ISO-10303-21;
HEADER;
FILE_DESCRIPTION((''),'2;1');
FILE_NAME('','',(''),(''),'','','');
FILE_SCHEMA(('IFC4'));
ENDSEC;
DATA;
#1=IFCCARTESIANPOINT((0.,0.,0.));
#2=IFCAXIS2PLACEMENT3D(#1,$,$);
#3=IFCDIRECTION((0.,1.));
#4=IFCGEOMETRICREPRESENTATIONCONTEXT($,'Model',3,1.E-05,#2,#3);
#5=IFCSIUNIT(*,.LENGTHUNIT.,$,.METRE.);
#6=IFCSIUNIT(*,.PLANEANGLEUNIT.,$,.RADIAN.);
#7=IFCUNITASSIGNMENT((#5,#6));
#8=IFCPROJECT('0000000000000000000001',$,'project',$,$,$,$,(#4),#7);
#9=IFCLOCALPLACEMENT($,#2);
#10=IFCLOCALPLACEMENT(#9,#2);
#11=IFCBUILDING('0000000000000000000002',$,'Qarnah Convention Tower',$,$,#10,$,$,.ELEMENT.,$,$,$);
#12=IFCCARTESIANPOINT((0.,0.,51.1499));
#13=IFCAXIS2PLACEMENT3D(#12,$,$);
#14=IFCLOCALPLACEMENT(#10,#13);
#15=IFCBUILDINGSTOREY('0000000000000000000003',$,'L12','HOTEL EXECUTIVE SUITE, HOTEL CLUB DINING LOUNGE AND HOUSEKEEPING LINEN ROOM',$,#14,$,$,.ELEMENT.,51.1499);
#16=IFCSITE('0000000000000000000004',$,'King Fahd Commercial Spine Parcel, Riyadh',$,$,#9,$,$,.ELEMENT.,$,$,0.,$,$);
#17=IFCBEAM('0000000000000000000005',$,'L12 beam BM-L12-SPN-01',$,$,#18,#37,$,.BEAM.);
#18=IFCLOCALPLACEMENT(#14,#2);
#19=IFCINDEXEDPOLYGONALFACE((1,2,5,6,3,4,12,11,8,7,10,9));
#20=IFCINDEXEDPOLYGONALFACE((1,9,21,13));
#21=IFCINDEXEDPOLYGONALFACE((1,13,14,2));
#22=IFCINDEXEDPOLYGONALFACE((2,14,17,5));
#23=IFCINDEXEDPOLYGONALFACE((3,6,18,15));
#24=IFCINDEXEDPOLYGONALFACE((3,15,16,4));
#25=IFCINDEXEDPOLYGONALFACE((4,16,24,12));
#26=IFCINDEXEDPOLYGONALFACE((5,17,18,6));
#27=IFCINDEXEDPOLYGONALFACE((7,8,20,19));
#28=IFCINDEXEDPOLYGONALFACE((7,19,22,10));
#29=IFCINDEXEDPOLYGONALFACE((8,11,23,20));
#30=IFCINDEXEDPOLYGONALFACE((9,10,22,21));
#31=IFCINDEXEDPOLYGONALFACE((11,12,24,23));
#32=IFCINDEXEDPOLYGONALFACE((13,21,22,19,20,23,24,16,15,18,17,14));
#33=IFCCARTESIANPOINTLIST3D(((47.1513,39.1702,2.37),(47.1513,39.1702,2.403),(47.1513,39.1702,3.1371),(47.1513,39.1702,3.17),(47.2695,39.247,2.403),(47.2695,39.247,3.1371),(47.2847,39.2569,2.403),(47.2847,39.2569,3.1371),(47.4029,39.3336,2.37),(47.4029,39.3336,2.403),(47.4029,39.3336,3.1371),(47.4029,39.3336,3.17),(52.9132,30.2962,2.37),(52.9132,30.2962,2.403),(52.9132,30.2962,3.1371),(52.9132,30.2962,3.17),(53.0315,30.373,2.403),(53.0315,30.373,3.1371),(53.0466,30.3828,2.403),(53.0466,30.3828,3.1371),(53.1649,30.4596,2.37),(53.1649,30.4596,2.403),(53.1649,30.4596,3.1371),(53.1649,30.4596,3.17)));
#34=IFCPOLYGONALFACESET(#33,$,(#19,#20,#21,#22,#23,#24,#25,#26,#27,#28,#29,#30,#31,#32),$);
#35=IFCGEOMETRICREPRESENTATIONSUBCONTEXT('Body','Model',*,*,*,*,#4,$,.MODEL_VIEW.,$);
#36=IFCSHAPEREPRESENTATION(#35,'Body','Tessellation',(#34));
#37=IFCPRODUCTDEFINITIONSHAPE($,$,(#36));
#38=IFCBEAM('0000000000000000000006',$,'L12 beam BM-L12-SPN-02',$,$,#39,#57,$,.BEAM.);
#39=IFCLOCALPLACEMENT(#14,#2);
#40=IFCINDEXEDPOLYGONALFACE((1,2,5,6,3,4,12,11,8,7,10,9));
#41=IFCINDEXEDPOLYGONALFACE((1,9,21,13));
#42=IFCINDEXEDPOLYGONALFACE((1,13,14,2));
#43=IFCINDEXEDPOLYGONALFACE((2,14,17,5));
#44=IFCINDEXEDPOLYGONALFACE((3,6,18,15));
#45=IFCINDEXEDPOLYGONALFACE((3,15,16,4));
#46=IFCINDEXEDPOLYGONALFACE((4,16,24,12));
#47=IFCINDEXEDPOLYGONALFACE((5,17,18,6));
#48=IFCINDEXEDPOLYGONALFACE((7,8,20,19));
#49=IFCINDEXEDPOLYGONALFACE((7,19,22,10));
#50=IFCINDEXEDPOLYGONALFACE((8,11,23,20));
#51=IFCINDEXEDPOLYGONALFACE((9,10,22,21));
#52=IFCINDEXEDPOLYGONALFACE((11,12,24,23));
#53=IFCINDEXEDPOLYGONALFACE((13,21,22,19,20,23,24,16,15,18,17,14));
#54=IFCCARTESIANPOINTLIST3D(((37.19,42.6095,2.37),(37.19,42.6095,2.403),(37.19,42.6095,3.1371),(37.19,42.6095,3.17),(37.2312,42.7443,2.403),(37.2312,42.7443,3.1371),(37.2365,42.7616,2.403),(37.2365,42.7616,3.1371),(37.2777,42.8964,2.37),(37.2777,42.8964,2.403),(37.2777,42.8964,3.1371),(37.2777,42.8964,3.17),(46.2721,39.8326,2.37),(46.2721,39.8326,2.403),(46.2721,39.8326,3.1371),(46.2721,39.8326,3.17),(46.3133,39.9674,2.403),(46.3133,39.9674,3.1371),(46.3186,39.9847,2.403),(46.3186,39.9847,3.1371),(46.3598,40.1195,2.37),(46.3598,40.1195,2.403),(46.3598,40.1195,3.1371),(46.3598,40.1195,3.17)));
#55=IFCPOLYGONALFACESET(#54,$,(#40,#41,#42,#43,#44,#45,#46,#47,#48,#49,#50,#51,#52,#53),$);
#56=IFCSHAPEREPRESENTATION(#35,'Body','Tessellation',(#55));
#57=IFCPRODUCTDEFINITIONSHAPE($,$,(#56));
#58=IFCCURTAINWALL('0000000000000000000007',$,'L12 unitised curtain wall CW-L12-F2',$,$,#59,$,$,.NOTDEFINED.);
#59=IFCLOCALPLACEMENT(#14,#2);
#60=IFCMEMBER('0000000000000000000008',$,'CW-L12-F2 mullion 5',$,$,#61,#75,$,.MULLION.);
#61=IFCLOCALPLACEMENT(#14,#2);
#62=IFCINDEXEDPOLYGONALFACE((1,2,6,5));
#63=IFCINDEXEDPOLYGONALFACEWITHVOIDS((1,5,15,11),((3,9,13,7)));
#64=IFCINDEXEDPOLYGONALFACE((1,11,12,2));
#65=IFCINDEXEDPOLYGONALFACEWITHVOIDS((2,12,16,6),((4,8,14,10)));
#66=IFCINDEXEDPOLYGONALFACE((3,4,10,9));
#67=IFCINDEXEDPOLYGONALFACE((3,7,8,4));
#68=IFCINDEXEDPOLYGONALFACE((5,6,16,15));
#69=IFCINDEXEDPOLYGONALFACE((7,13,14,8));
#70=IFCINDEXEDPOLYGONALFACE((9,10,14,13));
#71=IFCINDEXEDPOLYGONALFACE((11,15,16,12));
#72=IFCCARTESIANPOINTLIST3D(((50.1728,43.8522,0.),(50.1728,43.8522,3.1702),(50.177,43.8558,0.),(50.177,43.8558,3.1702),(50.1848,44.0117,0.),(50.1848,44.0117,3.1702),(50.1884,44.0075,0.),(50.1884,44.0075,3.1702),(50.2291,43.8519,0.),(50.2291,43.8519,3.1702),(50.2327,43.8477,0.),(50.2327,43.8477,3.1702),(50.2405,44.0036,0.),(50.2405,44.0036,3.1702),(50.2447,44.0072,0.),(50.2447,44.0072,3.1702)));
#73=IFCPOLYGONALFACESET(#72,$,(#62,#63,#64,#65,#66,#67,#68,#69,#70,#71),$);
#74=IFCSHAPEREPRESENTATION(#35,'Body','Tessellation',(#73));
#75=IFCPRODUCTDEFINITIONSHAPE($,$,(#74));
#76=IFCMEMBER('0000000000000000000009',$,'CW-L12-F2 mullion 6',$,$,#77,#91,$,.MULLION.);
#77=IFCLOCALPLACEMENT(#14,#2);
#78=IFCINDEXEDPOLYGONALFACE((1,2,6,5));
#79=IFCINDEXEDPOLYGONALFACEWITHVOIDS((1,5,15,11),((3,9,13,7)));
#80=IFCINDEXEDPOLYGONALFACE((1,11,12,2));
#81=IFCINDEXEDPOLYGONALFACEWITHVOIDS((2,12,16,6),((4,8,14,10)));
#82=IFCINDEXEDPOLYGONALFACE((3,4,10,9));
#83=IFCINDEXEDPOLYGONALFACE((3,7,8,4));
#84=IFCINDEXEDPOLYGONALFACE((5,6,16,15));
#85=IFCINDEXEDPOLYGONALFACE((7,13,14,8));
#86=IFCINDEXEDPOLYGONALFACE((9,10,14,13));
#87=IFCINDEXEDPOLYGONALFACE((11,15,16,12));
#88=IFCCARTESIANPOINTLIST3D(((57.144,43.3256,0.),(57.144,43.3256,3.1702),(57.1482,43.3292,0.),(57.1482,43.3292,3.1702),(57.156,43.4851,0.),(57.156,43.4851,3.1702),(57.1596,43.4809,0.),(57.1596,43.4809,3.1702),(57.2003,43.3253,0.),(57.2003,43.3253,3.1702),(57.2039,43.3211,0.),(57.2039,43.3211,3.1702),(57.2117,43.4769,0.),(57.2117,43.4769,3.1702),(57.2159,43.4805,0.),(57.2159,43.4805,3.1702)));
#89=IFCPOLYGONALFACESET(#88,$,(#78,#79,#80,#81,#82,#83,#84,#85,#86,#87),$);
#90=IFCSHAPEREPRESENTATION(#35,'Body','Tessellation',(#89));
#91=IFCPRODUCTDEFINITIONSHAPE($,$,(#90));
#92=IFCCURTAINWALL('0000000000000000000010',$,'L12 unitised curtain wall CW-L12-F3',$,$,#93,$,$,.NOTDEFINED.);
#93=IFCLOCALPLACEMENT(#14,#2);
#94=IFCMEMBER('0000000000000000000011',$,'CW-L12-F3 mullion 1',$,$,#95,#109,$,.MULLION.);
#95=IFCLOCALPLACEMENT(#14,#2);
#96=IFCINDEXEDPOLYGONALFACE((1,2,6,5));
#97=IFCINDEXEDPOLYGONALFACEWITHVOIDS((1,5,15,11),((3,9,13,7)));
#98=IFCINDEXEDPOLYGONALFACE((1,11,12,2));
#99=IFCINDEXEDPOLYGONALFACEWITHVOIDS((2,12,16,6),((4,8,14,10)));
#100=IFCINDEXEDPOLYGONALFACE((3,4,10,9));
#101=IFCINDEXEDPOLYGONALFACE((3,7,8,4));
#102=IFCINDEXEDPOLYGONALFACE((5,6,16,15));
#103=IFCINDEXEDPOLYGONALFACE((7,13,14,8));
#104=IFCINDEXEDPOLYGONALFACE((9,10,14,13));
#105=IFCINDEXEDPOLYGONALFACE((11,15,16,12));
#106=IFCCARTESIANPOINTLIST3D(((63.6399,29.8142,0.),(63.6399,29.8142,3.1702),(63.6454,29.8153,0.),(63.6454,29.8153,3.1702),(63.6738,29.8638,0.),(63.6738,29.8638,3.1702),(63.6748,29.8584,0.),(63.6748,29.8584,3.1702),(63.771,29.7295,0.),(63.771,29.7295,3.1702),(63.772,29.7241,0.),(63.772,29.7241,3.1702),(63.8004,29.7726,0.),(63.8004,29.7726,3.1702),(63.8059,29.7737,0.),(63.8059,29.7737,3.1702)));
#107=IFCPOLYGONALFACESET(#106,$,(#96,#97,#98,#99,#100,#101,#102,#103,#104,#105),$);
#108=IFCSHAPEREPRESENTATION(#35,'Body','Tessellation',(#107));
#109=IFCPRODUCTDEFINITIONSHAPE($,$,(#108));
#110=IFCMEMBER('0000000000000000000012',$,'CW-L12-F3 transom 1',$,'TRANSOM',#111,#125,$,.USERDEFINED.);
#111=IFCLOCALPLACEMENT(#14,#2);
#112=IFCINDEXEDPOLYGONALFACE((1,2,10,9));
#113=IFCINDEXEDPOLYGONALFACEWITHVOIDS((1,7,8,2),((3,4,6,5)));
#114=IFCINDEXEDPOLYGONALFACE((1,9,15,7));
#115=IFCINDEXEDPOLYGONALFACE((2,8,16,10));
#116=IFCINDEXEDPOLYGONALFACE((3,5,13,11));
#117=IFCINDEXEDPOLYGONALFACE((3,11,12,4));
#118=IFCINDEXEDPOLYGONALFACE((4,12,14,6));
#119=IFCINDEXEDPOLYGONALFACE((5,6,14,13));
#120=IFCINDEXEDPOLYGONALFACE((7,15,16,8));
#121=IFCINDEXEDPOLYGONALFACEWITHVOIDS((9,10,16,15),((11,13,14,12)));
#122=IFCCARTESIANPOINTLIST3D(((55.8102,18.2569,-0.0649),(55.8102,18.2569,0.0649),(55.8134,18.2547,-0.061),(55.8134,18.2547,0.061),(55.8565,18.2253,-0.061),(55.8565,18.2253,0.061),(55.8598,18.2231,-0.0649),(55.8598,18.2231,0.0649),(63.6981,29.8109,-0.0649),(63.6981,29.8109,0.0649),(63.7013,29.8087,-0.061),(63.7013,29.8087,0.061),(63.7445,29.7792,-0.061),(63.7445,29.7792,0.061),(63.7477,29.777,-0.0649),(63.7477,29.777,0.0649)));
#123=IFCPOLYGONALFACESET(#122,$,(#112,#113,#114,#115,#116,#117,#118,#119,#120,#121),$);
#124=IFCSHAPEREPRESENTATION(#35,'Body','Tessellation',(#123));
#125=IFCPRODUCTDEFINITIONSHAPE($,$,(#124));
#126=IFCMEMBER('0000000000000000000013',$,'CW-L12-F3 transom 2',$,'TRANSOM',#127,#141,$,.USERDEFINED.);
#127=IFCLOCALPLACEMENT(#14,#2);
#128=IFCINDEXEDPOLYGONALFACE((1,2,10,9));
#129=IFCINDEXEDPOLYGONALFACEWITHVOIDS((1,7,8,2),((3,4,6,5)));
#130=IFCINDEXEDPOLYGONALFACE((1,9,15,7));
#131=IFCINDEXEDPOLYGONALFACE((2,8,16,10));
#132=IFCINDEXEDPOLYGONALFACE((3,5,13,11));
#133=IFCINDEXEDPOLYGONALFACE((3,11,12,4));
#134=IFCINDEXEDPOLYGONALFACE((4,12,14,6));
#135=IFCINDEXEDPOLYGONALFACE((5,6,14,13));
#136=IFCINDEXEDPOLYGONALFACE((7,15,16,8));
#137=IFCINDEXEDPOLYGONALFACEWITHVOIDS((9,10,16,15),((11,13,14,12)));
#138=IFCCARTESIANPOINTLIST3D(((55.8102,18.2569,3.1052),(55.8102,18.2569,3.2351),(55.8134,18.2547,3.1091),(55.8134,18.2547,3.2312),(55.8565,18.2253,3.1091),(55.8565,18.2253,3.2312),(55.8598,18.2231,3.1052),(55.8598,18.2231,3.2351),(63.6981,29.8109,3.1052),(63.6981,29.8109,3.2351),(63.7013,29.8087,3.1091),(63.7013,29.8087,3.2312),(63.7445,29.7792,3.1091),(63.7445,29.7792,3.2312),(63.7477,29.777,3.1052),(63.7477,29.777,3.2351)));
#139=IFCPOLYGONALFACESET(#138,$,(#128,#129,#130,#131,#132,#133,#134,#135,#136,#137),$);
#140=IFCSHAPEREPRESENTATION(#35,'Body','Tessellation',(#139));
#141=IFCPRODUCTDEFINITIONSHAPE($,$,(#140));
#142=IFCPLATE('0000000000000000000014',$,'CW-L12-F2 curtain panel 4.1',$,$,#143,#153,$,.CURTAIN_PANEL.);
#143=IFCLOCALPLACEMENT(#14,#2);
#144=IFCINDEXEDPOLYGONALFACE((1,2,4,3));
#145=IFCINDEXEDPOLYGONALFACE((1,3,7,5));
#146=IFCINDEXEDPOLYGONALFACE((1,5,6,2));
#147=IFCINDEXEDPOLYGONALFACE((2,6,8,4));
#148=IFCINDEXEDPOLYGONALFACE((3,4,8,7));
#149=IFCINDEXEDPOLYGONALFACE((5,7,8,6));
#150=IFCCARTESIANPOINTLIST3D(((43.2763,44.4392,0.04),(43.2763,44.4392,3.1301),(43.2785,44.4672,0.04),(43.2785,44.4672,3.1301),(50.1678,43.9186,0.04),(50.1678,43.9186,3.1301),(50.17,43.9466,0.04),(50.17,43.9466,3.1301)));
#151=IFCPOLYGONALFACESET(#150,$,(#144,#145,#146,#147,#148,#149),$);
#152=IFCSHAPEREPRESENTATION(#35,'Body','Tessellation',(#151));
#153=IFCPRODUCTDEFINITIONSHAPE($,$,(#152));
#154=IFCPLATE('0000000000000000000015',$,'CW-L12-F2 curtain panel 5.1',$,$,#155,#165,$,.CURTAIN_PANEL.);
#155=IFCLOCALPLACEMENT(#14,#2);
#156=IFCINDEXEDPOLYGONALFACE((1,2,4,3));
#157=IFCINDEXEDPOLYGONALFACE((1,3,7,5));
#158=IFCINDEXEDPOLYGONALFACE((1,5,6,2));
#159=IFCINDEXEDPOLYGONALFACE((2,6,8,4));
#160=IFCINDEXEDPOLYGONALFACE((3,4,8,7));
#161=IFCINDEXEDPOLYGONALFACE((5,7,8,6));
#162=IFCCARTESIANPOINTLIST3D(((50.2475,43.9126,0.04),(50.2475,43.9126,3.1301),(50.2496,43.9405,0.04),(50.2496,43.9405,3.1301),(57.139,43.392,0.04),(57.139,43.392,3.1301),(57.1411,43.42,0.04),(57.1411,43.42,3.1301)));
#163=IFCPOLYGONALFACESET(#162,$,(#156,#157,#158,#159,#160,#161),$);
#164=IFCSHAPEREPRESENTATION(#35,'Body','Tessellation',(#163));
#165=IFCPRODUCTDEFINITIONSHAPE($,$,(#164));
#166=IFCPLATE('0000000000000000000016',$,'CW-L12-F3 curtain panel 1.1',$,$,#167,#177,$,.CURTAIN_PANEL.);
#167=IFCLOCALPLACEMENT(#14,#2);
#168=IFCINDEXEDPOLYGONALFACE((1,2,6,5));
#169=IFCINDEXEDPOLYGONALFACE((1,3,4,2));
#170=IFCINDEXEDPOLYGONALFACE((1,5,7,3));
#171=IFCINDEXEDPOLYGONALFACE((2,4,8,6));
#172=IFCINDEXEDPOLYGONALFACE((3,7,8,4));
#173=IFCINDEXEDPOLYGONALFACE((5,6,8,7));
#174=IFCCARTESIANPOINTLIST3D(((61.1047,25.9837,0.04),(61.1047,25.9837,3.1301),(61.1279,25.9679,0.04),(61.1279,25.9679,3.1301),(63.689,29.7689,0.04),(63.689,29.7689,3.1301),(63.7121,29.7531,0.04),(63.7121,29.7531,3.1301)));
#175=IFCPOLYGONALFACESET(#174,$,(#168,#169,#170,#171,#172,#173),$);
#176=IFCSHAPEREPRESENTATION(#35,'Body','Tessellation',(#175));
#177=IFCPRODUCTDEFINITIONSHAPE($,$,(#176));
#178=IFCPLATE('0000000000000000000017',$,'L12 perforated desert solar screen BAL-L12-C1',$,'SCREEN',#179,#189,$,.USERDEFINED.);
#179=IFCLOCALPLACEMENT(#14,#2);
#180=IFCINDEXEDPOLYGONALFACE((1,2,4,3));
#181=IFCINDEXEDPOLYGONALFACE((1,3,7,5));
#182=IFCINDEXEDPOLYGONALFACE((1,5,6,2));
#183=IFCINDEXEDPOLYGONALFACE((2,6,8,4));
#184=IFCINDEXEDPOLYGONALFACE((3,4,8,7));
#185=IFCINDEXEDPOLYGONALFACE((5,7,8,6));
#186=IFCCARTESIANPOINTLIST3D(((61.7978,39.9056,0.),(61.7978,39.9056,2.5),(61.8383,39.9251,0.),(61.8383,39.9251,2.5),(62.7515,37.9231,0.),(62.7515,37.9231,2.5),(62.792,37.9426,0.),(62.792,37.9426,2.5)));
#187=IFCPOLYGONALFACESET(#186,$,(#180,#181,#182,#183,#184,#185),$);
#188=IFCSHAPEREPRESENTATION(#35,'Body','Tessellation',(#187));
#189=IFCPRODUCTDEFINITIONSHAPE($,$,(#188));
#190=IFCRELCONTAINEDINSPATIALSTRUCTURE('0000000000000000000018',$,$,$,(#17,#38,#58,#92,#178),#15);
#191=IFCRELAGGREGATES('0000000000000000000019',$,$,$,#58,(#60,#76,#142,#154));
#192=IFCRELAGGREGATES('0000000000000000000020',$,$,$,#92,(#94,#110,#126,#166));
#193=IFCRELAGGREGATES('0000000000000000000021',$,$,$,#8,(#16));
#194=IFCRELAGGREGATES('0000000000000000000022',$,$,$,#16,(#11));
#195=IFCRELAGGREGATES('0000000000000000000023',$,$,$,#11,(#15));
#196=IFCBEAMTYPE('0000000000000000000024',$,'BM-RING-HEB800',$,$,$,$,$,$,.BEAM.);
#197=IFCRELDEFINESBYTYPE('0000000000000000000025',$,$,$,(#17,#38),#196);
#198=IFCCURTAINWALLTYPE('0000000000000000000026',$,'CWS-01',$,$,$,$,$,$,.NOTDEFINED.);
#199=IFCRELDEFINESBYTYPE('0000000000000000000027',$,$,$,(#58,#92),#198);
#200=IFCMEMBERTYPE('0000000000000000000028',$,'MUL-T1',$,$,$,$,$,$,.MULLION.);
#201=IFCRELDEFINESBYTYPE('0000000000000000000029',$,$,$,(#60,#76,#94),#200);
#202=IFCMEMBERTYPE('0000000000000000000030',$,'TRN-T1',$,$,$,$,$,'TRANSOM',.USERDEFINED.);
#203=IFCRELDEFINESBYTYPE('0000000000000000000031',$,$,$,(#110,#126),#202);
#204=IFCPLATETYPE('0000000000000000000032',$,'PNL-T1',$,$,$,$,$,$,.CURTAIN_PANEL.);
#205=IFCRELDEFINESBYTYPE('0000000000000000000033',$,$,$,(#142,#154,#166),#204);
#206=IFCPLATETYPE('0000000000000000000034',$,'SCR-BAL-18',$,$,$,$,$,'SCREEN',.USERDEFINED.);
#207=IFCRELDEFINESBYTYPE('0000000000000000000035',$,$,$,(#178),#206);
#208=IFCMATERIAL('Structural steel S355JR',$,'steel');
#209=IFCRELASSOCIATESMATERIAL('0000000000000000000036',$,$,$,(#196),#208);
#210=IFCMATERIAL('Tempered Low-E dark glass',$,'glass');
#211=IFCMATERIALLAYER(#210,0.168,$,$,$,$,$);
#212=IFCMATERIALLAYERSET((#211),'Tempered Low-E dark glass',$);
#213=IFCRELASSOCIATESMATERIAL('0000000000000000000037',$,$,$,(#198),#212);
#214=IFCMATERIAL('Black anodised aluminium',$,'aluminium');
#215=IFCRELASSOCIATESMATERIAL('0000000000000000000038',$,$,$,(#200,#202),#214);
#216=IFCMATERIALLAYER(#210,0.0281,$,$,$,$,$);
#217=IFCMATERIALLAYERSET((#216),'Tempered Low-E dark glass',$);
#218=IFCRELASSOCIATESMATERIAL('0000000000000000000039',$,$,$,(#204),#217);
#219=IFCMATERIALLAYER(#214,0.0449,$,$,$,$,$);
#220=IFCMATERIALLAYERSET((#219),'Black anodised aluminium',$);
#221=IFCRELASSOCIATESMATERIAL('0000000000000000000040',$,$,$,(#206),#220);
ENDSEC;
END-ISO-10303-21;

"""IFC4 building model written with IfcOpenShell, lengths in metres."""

from ifc_helpers import new_model, si_unit, direction, frame, origin, origin_2d, place, context, subcontext, project, spatial, rectangle, hollow_rectangle, i_section, extrude, material, layer, layer_set, material_profile, profile_set, type_object, element, aggregate, save


model = new_model("IFC4")

# Units and contexts
model_context = context("Model", 3, precision=1e-05, world=origin(), true_north=direction((0.0, 1.0)))
body_context = subcontext(model_context, "Body", "Model", "MODEL_VIEW")
ifc_project = project(units=[si_unit("LENGTHUNIT", "METRE"), si_unit("PLANEANGLEUNIT", "RADIAN")], contexts=[model_context])

# Site, building, storey
site_placement = place(None, origin())
site = spatial("IfcSite", under=ifc_project, at=site_placement, Name="King Fahd Commercial Spine Parcel, Riyadh", CompositionType="ELEMENT", RefElevation=0.0)
building_placement = place(site_placement, origin())
building = spatial("IfcBuilding", under=site, at=building_placement, Name="Qarnah Convention Tower", CompositionType="ELEMENT")
storey_placement = place(building_placement, frame((0.0, 0.0, 51.1499)))
storey = spatial("IfcBuildingStorey", under=building, at=storey_placement, Name="L12", Description="HOTEL EXECUTIVE SUITE, HOTEL CLUB DINING LOUNGE AND HOUSEKEEPING LINEN ROOM", CompositionType="ELEMENT", Elevation=51.1499)

# Beams
ifc_material_1 = material(Name="Structural steel S355JR", Category="steel")
ifc_material_profile_1 = material_profile(ifc_material_1, i_section(OverallWidth=0.3, OverallDepth=0.8, WebThickness=0.0181, FlangeThickness=0.033, at=origin_2d()), Name="HEB800")
ifc_profile_set_1 = profile_set([ifc_material_profile_1], Name="Structural steel S355JR")
beam_type_1 = type_object("IfcBeamType", Name="BM-RING-HEB800", PredefinedType="BEAM", material=ifc_profile_set_1)
beam_1_placement = place(storey_placement, frame((53.0391, 30.3779, 2.77), z_axis=(-0.54458, 0.838709, 0.0), x_axis=(-0.838709, -0.54458, 0.0)))
element("IfcBeam", 1, at=beam_1_placement, inside=storey, type_object=beam_type_1, Name="L12 beam BM-L12-SPN-01", PredefinedType="BEAM", context=body_context, shape_type="SweptSolid", body=[
    extrude(i_section(OverallWidth=0.3, OverallDepth=0.8, WebThickness=0.0181, FlangeThickness=0.033, at=origin_2d()), origin(), (0.0, 0.0, 1.0), 10.5806),
])
beam_2_placement = place(storey_placement, frame((46.3159, 39.9761, 2.77), z_axis=(-0.956299, 0.292391, 0.0), x_axis=(-0.292391, -0.956299, 0.0)))
element("IfcBeam", 2, at=beam_2_placement, inside=storey, type_object=beam_type_1, Name="L12 beam BM-L12-SPN-02", PredefinedType="BEAM", context=body_context, shape_type="SweptSolid", body=[
    extrude(i_section(OverallWidth=0.3, OverallDepth=0.8, WebThickness=0.0181, FlangeThickness=0.033, at=origin_2d()), origin(), (0.0, 0.0, 1.0), 9.4971),
])

# Curtain walls, members
ifc_material_2 = material(Name="Tempered Low-E dark glass", Category="glass")
ifc_layer_1 = layer(ifc_material_2, 0.168)
ifc_layer_set_1 = layer_set([ifc_layer_1], Name="Tempered Low-E dark glass")
curtain_wall_type = type_object("IfcCurtainWallType", Name="CWS-01", PredefinedType="NOTDEFINED", material=ifc_layer_set_1)
curtain_wall_1_placement = place(storey_placement, origin())
curtain_wall_1 = element("IfcCurtainWall", 3, at=curtain_wall_1_placement, inside=storey, type_object=curtain_wall_type, Name="L12 unitised curtain wall CW-L12-F2", PredefinedType="NOTDEFINED")
ifc_material_3 = material(Name="Black anodised aluminium", Category="aluminium")
ifc_material_profile_2 = material_profile(ifc_material_3, hollow_rectangle(XDim=0.0601, YDim=0.1599, WallThickness=0.0039, at=origin_2d()), Name="MUL-60X160")
ifc_profile_set_2 = profile_set([ifc_material_profile_2], Name="Black anodised aluminium")
member_type_1 = type_object("IfcMemberType", Name="MUL-T1", PredefinedType="MULLION", material=ifc_profile_set_2)
member_1_placement = place(storey_placement, frame((50.2087, 43.9297, 0.0), z_axis=(0.0, 0.0, 1.0), x_axis=(0.997159, -0.075325, 0.0)))
member_1 = element("IfcMember", 4, at=member_1_placement, type_object=member_type_1, Name="CW-L12-F2 mullion 5", PredefinedType="MULLION", context=body_context, shape_type="SweptSolid", body=[
    extrude(hollow_rectangle(XDim=0.0601, YDim=0.1599, WallThickness=0.0039, at=origin_2d()), origin(), (0.0, 0.0, 1.0), 3.1702),
])
member_2_placement = place(storey_placement, frame((57.1799, 43.4031, 0.0), z_axis=(0.0, 0.0, 1.0), x_axis=(0.997159, -0.075325, 0.0)))
member_2 = element("IfcMember", 5, at=member_2_placement, type_object=member_type_1, Name="CW-L12-F2 mullion 6", PredefinedType="MULLION", context=body_context, shape_type="SweptSolid", body=[
    extrude(hollow_rectangle(XDim=0.0601, YDim=0.1599, WallThickness=0.0039, at=origin_2d()), origin(), (0.0, 0.0, 1.0), 3.1702),
])
curtain_wall_2_placement = place(storey_placement, origin())
curtain_wall_2 = element("IfcCurtainWall", 6, at=curtain_wall_2_placement, inside=storey, type_object=curtain_wall_type, Name="L12 unitised curtain wall CW-L12-F3", PredefinedType="NOTDEFINED")
member_3_placement = place(storey_placement, frame((63.7229, 29.7939, 0.0), z_axis=(0.0, 0.0, 1.0), x_axis=(-0.563838, -0.825885, 0.0)))
member_3 = element("IfcMember", 7, at=member_3_placement, type_object=member_type_1, Name="CW-L12-F3 mullion 1", PredefinedType="MULLION", context=body_context, shape_type="SweptSolid", body=[
    extrude(hollow_rectangle(XDim=0.0601, YDim=0.1599, WallThickness=0.0039, at=origin_2d()), origin(), (0.0, 0.0, 1.0), 3.1702),
])
ifc_material_profile_3 = material_profile(ifc_material_3, hollow_rectangle(XDim=0.0601, YDim=0.1299, WallThickness=0.0039, at=origin_2d()), Name="TRN-60X130")
ifc_profile_set_3 = profile_set([ifc_material_profile_3], Name="Black anodised aluminium")
member_type_2 = type_object("IfcMemberType", Name="TRN-T1", ElementType="TRANSOM", PredefinedType="USERDEFINED", material=ifc_profile_set_3)
member_4_placement = place(storey_placement, frame((63.7229, 29.7939, 0.0), z_axis=(-0.563837, -0.825886, 0.0), x_axis=(0.825886, -0.563837, 0.0)))
member_4 = element("IfcMember", 8, at=member_4_placement, type_object=member_type_2, Name="CW-L12-F3 transom 1", ObjectType="TRANSOM", PredefinedType="USERDEFINED", context=body_context, shape_type="SweptSolid", body=[
    extrude(hollow_rectangle(XDim=0.0601, YDim=0.1299, WallThickness=0.0039, at=origin_2d()), origin(), (0.0, 0.0, 1.0), 13.9897),
])
member_5_placement = place(storey_placement, frame((63.7229, 29.7939, 3.1702), z_axis=(-0.563837, -0.825886, 0.0), x_axis=(0.825886, -0.563837, 0.0)))
member_5 = element("IfcMember", 9, at=member_5_placement, type_object=member_type_2, Name="CW-L12-F3 transom 2", ObjectType="TRANSOM", PredefinedType="USERDEFINED", context=body_context, shape_type="SweptSolid", body=[
    extrude(hollow_rectangle(XDim=0.0601, YDim=0.1299, WallThickness=0.0039, at=origin_2d()), origin(), (0.0, 0.0, 1.0), 13.9897),
])

# Plates
ifc_layer_2 = layer(ifc_material_2, 0.0281)
ifc_layer_set_2 = layer_set([ifc_layer_2], Name="Tempered Low-E dark glass")
plate_type_1 = type_object("IfcPlateType", Name="PNL-T1", PredefinedType="CURTAIN_PANEL", material=ifc_layer_set_2)
plate_1_placement = place(storey_placement, frame((46.7231, 44.1929, 0.04), z_axis=(0.0, 0.0, 1.0), x_axis=(0.997159, -0.075325, 0.0)))
plate_1 = element("IfcPlate", 10, at=plate_1_placement, type_object=plate_type_1, Name="CW-L12-F2 curtain panel 4.1", PredefinedType="CURTAIN_PANEL", context=body_context, shape_type="SweptSolid", body=[
    extrude(rectangle(XDim=6.9111, YDim=0.0281, at=origin_2d()), origin(), (0.0, 0.0, 1.0), 3.0901),
])
plate_2_placement = place(storey_placement, frame((53.6943, 43.6663, 0.04), z_axis=(0.0, 0.0, 1.0), x_axis=(0.997159, -0.075325, 0.0)))
plate_2 = element("IfcPlate", 11, at=plate_2_placement, type_object=plate_type_1, Name="CW-L12-F2 curtain panel 5.1", PredefinedType="CURTAIN_PANEL", context=body_context, shape_type="SweptSolid", body=[
    extrude(rectangle(XDim=6.9111, YDim=0.0281, at=origin_2d()), origin(), (0.0, 0.0, 1.0), 3.0901),
])
aggregate(curtain_wall_1, [member_1, member_2, plate_1, plate_2])
plate_3_placement = place(storey_placement, frame((62.4084, 27.8684, 0.04), z_axis=(0.0, 0.0, 1.0), x_axis=(-0.563838, -0.825885, 0.0)))
plate_3 = element("IfcPlate", 12, at=plate_3_placement, type_object=plate_type_1, Name="CW-L12-F3 curtain panel 1.1", PredefinedType="CURTAIN_PANEL", context=body_context, shape_type="SweptSolid", body=[
    extrude(rectangle(XDim=4.5833, YDim=0.0281, at=origin_2d()), origin(), (0.0, 0.0, 1.0), 3.0901),
])
aggregate(curtain_wall_2, [member_3, member_4, member_5, plate_3])
ifc_layer_3 = layer(ifc_material_3, 0.0449)
ifc_layer_set_3 = layer_set([ifc_layer_3], Name="Black anodised aluminium")
plate_type_2 = type_object("IfcPlateType", Name="SCR-BAL-18", ElementType="SCREEN", PredefinedType="USERDEFINED", material=ifc_layer_set_3)
plate_4_placement = place(storey_placement, frame((62.2949, 38.9241, 0.0), z_axis=(0.0, 0.0, 1.0), x_axis=(0.433508, -0.90115, 0.0)))
element("IfcPlate", 13, at=plate_4_placement, inside=storey, type_object=plate_type_2, Name="L12 perforated desert solar screen BAL-L12-C1", ObjectType="SCREEN", PredefinedType="USERDEFINED", context=body_context, shape_type="SweptSolid", body=[
    extrude(rectangle(XDim=2.2, YDim=0.0449, at=origin_2d()), origin(), (0.0, 0.0, 1.0), 2.5),
])

save(model, "model.ifc")
